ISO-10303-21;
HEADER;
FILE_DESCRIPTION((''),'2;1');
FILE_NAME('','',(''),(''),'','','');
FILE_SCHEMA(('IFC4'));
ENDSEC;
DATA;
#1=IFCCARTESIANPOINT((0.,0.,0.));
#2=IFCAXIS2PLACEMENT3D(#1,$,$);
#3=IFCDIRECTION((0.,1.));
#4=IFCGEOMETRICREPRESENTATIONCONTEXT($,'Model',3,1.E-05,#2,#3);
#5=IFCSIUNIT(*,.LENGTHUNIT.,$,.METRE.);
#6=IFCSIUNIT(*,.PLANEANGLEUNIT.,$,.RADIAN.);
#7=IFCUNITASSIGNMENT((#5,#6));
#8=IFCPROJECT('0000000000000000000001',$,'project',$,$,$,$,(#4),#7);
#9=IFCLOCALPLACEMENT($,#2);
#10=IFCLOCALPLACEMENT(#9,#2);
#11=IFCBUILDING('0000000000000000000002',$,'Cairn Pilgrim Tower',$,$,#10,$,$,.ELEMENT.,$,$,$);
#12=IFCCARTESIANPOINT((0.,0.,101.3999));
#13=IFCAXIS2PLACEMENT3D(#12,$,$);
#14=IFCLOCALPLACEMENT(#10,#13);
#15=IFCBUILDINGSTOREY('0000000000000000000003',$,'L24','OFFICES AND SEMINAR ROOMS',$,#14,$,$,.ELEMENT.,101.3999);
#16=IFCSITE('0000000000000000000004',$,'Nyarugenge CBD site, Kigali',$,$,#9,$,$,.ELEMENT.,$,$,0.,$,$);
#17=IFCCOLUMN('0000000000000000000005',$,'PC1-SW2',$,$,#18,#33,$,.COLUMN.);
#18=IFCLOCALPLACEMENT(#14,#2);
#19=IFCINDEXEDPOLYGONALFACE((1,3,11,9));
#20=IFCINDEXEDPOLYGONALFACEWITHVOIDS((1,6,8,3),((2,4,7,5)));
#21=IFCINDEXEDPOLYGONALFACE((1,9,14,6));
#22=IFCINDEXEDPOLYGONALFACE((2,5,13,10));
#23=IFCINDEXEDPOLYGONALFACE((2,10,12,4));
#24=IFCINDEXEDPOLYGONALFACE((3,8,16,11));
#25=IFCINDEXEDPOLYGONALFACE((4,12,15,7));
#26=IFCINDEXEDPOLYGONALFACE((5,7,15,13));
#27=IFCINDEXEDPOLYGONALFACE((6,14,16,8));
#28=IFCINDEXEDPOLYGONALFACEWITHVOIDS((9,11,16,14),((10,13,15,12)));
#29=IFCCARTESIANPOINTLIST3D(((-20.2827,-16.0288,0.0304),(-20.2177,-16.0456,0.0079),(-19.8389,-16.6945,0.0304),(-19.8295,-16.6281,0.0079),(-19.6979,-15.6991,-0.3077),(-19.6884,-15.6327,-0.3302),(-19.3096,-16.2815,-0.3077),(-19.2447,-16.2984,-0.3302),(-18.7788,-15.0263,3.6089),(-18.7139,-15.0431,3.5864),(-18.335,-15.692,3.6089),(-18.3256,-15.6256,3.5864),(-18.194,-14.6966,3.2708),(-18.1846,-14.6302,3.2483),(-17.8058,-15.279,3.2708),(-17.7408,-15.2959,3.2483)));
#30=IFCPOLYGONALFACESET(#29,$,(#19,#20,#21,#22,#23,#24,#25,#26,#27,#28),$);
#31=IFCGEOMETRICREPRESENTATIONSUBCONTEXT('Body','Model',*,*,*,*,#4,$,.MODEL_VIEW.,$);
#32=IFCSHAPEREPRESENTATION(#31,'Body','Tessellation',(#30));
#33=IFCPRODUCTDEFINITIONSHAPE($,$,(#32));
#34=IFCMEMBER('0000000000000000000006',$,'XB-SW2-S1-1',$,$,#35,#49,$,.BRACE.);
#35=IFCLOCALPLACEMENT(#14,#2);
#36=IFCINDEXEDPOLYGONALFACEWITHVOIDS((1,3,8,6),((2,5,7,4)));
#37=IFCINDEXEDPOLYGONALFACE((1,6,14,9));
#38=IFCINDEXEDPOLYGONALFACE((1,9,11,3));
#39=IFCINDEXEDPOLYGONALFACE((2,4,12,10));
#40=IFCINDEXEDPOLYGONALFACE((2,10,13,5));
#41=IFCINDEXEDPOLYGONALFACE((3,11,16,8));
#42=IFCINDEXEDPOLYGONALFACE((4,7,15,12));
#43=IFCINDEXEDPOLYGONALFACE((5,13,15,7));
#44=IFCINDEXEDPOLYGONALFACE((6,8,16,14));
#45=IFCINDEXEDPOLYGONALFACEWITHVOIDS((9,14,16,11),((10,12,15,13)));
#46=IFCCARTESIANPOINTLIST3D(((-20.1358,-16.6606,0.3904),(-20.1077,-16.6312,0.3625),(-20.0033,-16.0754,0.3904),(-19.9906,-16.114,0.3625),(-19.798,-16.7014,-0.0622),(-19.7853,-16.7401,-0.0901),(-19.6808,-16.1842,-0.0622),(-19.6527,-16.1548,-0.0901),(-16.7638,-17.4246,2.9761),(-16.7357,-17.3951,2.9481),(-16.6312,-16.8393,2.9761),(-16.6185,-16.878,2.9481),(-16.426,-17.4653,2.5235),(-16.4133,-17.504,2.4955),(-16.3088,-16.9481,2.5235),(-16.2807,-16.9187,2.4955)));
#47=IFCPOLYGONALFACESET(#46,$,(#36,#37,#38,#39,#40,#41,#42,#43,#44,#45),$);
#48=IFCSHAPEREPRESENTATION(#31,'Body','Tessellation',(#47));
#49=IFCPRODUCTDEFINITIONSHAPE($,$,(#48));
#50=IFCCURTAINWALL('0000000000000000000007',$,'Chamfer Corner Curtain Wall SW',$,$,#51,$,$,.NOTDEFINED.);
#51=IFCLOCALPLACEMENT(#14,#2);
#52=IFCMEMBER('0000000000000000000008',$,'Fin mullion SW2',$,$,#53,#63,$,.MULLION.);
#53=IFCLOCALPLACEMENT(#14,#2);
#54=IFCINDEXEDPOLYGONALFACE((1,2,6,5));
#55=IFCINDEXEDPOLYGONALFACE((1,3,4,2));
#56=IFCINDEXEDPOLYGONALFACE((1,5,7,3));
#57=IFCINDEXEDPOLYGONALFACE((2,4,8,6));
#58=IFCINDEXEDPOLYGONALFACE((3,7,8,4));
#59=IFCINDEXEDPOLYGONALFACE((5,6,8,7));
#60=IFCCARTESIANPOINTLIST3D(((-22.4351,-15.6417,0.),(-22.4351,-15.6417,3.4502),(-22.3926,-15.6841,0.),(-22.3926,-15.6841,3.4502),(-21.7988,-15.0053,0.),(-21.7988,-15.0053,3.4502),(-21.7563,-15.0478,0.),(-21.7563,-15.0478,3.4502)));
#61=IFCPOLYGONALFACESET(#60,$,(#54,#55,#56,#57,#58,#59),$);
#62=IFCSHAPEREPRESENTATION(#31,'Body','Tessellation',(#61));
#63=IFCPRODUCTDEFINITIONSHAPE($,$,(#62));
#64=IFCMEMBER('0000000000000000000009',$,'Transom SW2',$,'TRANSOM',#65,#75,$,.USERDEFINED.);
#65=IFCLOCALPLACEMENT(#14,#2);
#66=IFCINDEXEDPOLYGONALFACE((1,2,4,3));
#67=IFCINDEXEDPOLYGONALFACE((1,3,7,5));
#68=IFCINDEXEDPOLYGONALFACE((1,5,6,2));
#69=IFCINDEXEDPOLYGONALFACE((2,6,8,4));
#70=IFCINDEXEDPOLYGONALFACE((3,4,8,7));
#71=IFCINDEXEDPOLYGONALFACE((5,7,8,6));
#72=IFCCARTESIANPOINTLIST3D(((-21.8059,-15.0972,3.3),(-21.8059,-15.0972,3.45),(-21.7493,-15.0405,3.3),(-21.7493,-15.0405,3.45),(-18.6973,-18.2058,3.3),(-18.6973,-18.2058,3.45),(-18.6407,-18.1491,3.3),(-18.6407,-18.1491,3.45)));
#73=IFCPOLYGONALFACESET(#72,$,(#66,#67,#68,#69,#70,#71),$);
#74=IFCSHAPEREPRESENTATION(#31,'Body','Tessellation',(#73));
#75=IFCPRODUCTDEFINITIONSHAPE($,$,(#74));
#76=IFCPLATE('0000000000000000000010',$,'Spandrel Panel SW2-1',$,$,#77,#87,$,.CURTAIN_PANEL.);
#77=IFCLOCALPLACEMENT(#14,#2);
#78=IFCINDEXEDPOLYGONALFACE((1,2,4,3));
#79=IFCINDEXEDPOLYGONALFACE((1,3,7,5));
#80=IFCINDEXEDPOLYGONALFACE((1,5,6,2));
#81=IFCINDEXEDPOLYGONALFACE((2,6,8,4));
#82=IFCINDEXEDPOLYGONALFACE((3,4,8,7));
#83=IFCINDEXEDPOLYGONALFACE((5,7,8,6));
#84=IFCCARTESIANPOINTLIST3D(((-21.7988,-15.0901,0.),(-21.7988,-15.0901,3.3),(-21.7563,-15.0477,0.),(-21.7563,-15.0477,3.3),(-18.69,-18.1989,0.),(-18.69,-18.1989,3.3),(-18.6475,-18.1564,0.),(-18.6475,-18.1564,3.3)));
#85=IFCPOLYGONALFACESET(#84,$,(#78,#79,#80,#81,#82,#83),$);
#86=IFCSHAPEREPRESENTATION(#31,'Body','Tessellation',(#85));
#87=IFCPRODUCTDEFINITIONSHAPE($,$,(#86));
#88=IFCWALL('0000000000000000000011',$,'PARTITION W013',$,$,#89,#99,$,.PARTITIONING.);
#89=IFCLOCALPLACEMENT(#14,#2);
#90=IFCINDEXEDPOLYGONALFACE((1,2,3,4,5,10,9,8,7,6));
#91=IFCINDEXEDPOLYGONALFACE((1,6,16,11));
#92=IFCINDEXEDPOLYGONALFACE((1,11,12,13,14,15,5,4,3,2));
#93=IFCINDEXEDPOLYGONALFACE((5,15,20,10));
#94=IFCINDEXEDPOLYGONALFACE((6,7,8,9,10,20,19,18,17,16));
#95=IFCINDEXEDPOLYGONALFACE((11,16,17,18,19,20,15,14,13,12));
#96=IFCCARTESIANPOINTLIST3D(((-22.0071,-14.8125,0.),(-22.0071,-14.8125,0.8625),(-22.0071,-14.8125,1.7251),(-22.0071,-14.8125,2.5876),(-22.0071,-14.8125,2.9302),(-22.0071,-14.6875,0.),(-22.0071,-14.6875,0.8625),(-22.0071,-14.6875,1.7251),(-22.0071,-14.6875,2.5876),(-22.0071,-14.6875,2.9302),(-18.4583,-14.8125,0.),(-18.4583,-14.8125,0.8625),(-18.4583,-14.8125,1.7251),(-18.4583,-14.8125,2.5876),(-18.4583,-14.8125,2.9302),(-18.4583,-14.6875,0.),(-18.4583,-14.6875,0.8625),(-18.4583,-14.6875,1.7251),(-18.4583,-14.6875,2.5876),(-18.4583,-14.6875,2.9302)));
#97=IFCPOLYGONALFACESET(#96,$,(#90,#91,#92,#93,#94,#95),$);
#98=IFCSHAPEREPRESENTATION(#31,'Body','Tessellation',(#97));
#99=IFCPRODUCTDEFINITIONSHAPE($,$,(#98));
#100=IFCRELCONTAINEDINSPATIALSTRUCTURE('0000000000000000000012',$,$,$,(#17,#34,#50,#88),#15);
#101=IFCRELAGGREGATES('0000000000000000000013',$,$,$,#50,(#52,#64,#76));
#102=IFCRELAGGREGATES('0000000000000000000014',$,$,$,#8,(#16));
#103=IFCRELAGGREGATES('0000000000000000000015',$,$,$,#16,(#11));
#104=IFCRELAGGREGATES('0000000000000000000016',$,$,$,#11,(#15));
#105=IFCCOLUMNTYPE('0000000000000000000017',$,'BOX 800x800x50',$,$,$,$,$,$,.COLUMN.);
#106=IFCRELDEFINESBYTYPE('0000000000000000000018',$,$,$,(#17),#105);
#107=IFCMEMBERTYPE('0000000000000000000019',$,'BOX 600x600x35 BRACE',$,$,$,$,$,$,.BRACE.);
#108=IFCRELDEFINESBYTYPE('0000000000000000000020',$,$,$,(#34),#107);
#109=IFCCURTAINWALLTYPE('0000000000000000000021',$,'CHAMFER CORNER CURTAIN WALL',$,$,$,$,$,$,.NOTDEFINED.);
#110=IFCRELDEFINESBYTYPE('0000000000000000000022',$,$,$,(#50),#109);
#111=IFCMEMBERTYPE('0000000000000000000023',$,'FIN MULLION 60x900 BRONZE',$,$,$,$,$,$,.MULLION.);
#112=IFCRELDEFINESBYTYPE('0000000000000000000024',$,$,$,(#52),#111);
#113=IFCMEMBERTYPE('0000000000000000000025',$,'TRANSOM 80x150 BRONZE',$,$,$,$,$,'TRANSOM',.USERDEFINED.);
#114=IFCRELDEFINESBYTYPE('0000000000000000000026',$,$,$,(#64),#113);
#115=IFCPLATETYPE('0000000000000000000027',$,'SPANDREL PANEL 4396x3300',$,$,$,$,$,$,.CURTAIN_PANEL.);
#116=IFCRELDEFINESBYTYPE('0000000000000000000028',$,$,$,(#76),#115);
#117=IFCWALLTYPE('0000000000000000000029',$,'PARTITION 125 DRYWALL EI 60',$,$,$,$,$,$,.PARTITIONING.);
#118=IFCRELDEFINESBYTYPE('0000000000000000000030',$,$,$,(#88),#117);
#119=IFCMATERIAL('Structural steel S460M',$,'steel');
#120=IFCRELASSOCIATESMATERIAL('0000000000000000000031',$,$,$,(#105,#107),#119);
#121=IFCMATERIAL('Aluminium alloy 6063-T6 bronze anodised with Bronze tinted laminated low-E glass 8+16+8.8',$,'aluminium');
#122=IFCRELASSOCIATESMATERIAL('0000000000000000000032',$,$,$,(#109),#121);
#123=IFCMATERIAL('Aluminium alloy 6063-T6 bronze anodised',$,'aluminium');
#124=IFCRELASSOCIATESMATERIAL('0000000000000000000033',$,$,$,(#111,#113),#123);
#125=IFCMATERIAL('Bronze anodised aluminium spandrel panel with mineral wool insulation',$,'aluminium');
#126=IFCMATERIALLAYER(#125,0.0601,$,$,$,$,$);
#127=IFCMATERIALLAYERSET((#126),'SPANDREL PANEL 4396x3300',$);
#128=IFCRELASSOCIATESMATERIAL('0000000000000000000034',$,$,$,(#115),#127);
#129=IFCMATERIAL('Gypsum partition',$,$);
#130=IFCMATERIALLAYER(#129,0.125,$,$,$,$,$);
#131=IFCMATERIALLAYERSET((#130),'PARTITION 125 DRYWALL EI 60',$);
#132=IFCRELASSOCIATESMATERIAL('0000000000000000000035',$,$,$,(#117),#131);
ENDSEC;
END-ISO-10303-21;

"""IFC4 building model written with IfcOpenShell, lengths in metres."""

from ifc_helpers import new_model, si_unit, direction, frame, origin, origin_2d, place, context, subcontext, project, spatial, polyline, rectangle, hollow_rectangle, outline, extrude, clip, halfspace, material, layer, layer_set, material_profile, profile_set, type_object, element, aggregate, save


model = new_model("IFC4")

# Units and contexts
model_context = context("Model", 3, precision=1e-05, world=origin(), true_north=direction((0.0, 1.0)))
body_context = subcontext(model_context, "Body", "Model", "MODEL_VIEW")
ifc_project = project(units=[si_unit("LENGTHUNIT", "METRE"), si_unit("PLANEANGLEUNIT", "RADIAN")], contexts=[model_context])

# Site, building, storey
site_placement = place(None, origin())
site = spatial("IfcSite", under=ifc_project, at=site_placement, Name="Nyarugenge CBD site, Kigali", CompositionType="ELEMENT", RefElevation=0.0)
building_placement = place(site_placement, origin())
building = spatial("IfcBuilding", under=site, at=building_placement, Name="Cairn Pilgrim Tower", CompositionType="ELEMENT")
storey_placement = place(building_placement, frame((0.0, 0.0, 101.3999)))
storey = spatial("IfcBuildingStorey", under=building, at=storey_placement, Name="L24", Description="OFFICES AND SEMINAR ROOMS", CompositionType="ELEMENT", Elevation=101.3999)

# Column
ifc_material_1 = material(Name="Structural steel S460M", Category="steel")
ifc_material_profile_1 = material_profile(ifc_material_1, hollow_rectangle(XDim=0.8, YDim=0.8, WallThickness=0.05, at=origin_2d()), Name="BOX 800x800x50")
ifc_profile_set_1 = profile_set([ifc_material_profile_1], Name="Structural steel S460M")
column_type = type_object("IfcColumnType", Name="BOX 800x800x50", PredefinedType="COLUMN", material=ifc_profile_set_1)
column_placement = place(storey_placement, frame((-19.7637, -16.1636, -0.1499), z_axis=(0.37512, 0.25006, 0.892612), x_axis=(-0.554669, 0.832071, 0.0)))
element("IfcColumn", 1, at=column_placement, inside=storey, type_object=column_type, Name="PC1-SW2", PredefinedType="COLUMN", context=body_context, shape_type="Clipping", body=[
    clip(extrude(hollow_rectangle(XDim=0.8, YDim=0.8, WallThickness=0.05, at=origin_2d()), origin(), (0.0, 0.0, 1.0), 4.0332), halfspace(frame((0.0, 0.0, 4.009), z_axis=(0.0, 0.0, 1.0), x_axis=(1.0, 0.0, 0.0)), False)),
])

# Member
ifc_material_profile_2 = material_profile(ifc_material_1, hollow_rectangle(XDim=0.6001, YDim=0.6001, WallThickness=0.0349, at=origin_2d()), Name="BOX 600x600x35")
ifc_profile_set_2 = profile_set([ifc_material_profile_2], Name="Structural steel S460M")
member_type_1 = type_object("IfcMemberType", Name="BOX 600x600x35 BRACE", PredefinedType="BRACE", material=ifc_profile_set_2)
member_1_placement = place(storey_placement, frame((-19.8943, -16.4077, 0.1501), z_axis=(0.781036, -0.176938, 0.598896), x_axis=(0.220944, 0.975287, 0.0)))
element("IfcMember", 2, at=member_1_placement, inside=storey, type_object=member_type_1, Name="XB-SW2-S1-1", PredefinedType="BRACE", context=body_context, shape_type="SweptSolid", body=[
    extrude(hollow_rectangle(XDim=0.6001, YDim=0.6001, WallThickness=0.0349, at=origin_2d()), origin(), (0.0, 0.0, 1.0), 4.3174),
])

# Curtain wall, members, plate
ifc_material_2 = material(Name="Aluminium alloy 6063-T6 bronze anodised with Bronze tinted laminated low-E glass 8+16+8.8", Category="aluminium")
curtain_wall_type = type_object("IfcCurtainWallType", Name="CHAMFER CORNER CURTAIN WALL", PredefinedType="NOTDEFINED", material=ifc_material_2)
curtain_wall_placement = place(storey_placement, origin())
curtain_wall = element("IfcCurtainWall", 3, at=curtain_wall_placement, inside=storey, type_object=curtain_wall_type, Name="Chamfer Corner Curtain Wall SW", PredefinedType="NOTDEFINED")
ifc_material_3 = material(Name="Aluminium alloy 6063-T6 bronze anodised", Category="aluminium")
ifc_material_profile_3 = material_profile(ifc_material_3, rectangle(XDim=0.8999, YDim=0.0601, at=origin_2d()), Name="FIN MULLION 60x900 BRONZE")
ifc_profile_set_3 = profile_set([ifc_material_profile_3], Name="Aluminium alloy 6063-T6 bronze anodised")
member_type_2 = type_object("IfcMemberType", Name="FIN MULLION 60x900 BRONZE", PredefinedType="MULLION", material=ifc_profile_set_3)
member_2_placement = place(storey_placement, frame((-22.0957, -15.3447, 0.0), z_axis=(0.0, 0.0, 1.0), x_axis=(-0.707107, -0.707107, 0.0)))
member_2 = element("IfcMember", 4, at=member_2_placement, type_object=member_type_2, Name="Fin mullion SW2", PredefinedType="MULLION", context=body_context, shape_type="SweptSolid", body=[
    extrude(rectangle(XDim=0.8999, YDim=0.0601, at=origin_2d()), origin(), (0.0, 0.0, 1.0), 3.4502),
])
ifc_material_profile_4 = material_profile(ifc_material_3, rectangle(XDim=0.0801, YDim=0.1499, at=origin_2d()), Name="TRANSOM 80x150 BRONZE")
ifc_profile_set_4 = profile_set([ifc_material_profile_4], Name="Aluminium alloy 6063-T6 bronze anodised")
member_type_3 = type_object("IfcMemberType", Name="TRANSOM 80x150 BRONZE", ElementType="TRANSOM", PredefinedType="USERDEFINED", material=ifc_profile_set_4)
member_3_placement = place(storey_placement, frame((-21.7776, -15.0688, 3.375), z_axis=(0.707107, -0.707107, 0.0), x_axis=(0.707107, 0.707107, 0.0)))
member_3 = element("IfcMember", 5, at=member_3_placement, type_object=member_type_3, Name="Transom SW2", ObjectType="TRANSOM", PredefinedType="USERDEFINED", context=body_context, shape_type="SweptSolid", body=[
    extrude(rectangle(XDim=0.0801, YDim=0.1499, at=origin_2d()), origin(), (0.0, 0.0, 1.0), 4.3962),
])
ifc_material_4 = material(Name="Bronze anodised aluminium spandrel panel with mineral wool insulation", Category="aluminium")
ifc_layer_1 = layer(ifc_material_4, 0.0601)
ifc_layer_set_1 = layer_set([ifc_layer_1], Name="SPANDREL PANEL 4396x3300")
plate_type = type_object("IfcPlateType", Name="SPANDREL PANEL 4396x3300", PredefinedType="CURTAIN_PANEL", material=ifc_layer_set_1)
plate_placement = place(storey_placement, frame((-20.2231, -16.6233, 0.0), z_axis=(0.0, 0.0, 1.0), x_axis=(0.707107, -0.707107, 0.0)))
plate = element("IfcPlate", 6, at=plate_placement, type_object=plate_type, Name="Spandrel Panel SW2-1", PredefinedType="CURTAIN_PANEL", context=body_context, shape_type="SweptSolid", body=[
    extrude(rectangle(XDim=4.3965, YDim=0.0601, at=origin_2d()), origin(), (0.0, 0.0, 1.0), 3.3),
])
aggregate(curtain_wall, [member_2, member_3, plate])

# Wall
ifc_material_5 = material(Name="Gypsum partition")
ifc_layer_2 = layer(ifc_material_5, 0.125)
ifc_layer_set_2 = layer_set([ifc_layer_2], Name="PARTITION 125 DRYWALL EI 60")
wall_type = type_object("IfcWallType", Name="PARTITION 125 DRYWALL EI 60", PredefinedType="PARTITIONING", material=ifc_layer_set_2)
wall_placement = place(storey_placement, frame((-22.0071, -14.75, 0.0), z_axis=(0.0, 0.0, 1.0), x_axis=(1.0, 0.0, 0.0)))
element("IfcWall", 7, at=wall_placement, inside=storey, type_object=wall_type, Name="PARTITION W013", PredefinedType="PARTITIONING", context=body_context, shape_type="SweptSolid", body=[
    extrude(outline(polyline([(0.0, 0.0), (3.5488, 0.0), (3.5488, 0.8625), (3.5488, 1.7251), (3.5488, 2.5876), (3.5488, 2.9302), (0.0, 2.9302), (0.0, 2.5876), (0.0, 1.7251), (0.0, 0.8625), (0.0, 0.0)])), frame((0.0, 0.0625, 0.0), z_axis=(0.0, -1.0, 0.0), x_axis=(1.0, 0.0, 0.0)), (0.0, 0.0, 1.0), 0.125),
])

save(model, "model.ifc")
